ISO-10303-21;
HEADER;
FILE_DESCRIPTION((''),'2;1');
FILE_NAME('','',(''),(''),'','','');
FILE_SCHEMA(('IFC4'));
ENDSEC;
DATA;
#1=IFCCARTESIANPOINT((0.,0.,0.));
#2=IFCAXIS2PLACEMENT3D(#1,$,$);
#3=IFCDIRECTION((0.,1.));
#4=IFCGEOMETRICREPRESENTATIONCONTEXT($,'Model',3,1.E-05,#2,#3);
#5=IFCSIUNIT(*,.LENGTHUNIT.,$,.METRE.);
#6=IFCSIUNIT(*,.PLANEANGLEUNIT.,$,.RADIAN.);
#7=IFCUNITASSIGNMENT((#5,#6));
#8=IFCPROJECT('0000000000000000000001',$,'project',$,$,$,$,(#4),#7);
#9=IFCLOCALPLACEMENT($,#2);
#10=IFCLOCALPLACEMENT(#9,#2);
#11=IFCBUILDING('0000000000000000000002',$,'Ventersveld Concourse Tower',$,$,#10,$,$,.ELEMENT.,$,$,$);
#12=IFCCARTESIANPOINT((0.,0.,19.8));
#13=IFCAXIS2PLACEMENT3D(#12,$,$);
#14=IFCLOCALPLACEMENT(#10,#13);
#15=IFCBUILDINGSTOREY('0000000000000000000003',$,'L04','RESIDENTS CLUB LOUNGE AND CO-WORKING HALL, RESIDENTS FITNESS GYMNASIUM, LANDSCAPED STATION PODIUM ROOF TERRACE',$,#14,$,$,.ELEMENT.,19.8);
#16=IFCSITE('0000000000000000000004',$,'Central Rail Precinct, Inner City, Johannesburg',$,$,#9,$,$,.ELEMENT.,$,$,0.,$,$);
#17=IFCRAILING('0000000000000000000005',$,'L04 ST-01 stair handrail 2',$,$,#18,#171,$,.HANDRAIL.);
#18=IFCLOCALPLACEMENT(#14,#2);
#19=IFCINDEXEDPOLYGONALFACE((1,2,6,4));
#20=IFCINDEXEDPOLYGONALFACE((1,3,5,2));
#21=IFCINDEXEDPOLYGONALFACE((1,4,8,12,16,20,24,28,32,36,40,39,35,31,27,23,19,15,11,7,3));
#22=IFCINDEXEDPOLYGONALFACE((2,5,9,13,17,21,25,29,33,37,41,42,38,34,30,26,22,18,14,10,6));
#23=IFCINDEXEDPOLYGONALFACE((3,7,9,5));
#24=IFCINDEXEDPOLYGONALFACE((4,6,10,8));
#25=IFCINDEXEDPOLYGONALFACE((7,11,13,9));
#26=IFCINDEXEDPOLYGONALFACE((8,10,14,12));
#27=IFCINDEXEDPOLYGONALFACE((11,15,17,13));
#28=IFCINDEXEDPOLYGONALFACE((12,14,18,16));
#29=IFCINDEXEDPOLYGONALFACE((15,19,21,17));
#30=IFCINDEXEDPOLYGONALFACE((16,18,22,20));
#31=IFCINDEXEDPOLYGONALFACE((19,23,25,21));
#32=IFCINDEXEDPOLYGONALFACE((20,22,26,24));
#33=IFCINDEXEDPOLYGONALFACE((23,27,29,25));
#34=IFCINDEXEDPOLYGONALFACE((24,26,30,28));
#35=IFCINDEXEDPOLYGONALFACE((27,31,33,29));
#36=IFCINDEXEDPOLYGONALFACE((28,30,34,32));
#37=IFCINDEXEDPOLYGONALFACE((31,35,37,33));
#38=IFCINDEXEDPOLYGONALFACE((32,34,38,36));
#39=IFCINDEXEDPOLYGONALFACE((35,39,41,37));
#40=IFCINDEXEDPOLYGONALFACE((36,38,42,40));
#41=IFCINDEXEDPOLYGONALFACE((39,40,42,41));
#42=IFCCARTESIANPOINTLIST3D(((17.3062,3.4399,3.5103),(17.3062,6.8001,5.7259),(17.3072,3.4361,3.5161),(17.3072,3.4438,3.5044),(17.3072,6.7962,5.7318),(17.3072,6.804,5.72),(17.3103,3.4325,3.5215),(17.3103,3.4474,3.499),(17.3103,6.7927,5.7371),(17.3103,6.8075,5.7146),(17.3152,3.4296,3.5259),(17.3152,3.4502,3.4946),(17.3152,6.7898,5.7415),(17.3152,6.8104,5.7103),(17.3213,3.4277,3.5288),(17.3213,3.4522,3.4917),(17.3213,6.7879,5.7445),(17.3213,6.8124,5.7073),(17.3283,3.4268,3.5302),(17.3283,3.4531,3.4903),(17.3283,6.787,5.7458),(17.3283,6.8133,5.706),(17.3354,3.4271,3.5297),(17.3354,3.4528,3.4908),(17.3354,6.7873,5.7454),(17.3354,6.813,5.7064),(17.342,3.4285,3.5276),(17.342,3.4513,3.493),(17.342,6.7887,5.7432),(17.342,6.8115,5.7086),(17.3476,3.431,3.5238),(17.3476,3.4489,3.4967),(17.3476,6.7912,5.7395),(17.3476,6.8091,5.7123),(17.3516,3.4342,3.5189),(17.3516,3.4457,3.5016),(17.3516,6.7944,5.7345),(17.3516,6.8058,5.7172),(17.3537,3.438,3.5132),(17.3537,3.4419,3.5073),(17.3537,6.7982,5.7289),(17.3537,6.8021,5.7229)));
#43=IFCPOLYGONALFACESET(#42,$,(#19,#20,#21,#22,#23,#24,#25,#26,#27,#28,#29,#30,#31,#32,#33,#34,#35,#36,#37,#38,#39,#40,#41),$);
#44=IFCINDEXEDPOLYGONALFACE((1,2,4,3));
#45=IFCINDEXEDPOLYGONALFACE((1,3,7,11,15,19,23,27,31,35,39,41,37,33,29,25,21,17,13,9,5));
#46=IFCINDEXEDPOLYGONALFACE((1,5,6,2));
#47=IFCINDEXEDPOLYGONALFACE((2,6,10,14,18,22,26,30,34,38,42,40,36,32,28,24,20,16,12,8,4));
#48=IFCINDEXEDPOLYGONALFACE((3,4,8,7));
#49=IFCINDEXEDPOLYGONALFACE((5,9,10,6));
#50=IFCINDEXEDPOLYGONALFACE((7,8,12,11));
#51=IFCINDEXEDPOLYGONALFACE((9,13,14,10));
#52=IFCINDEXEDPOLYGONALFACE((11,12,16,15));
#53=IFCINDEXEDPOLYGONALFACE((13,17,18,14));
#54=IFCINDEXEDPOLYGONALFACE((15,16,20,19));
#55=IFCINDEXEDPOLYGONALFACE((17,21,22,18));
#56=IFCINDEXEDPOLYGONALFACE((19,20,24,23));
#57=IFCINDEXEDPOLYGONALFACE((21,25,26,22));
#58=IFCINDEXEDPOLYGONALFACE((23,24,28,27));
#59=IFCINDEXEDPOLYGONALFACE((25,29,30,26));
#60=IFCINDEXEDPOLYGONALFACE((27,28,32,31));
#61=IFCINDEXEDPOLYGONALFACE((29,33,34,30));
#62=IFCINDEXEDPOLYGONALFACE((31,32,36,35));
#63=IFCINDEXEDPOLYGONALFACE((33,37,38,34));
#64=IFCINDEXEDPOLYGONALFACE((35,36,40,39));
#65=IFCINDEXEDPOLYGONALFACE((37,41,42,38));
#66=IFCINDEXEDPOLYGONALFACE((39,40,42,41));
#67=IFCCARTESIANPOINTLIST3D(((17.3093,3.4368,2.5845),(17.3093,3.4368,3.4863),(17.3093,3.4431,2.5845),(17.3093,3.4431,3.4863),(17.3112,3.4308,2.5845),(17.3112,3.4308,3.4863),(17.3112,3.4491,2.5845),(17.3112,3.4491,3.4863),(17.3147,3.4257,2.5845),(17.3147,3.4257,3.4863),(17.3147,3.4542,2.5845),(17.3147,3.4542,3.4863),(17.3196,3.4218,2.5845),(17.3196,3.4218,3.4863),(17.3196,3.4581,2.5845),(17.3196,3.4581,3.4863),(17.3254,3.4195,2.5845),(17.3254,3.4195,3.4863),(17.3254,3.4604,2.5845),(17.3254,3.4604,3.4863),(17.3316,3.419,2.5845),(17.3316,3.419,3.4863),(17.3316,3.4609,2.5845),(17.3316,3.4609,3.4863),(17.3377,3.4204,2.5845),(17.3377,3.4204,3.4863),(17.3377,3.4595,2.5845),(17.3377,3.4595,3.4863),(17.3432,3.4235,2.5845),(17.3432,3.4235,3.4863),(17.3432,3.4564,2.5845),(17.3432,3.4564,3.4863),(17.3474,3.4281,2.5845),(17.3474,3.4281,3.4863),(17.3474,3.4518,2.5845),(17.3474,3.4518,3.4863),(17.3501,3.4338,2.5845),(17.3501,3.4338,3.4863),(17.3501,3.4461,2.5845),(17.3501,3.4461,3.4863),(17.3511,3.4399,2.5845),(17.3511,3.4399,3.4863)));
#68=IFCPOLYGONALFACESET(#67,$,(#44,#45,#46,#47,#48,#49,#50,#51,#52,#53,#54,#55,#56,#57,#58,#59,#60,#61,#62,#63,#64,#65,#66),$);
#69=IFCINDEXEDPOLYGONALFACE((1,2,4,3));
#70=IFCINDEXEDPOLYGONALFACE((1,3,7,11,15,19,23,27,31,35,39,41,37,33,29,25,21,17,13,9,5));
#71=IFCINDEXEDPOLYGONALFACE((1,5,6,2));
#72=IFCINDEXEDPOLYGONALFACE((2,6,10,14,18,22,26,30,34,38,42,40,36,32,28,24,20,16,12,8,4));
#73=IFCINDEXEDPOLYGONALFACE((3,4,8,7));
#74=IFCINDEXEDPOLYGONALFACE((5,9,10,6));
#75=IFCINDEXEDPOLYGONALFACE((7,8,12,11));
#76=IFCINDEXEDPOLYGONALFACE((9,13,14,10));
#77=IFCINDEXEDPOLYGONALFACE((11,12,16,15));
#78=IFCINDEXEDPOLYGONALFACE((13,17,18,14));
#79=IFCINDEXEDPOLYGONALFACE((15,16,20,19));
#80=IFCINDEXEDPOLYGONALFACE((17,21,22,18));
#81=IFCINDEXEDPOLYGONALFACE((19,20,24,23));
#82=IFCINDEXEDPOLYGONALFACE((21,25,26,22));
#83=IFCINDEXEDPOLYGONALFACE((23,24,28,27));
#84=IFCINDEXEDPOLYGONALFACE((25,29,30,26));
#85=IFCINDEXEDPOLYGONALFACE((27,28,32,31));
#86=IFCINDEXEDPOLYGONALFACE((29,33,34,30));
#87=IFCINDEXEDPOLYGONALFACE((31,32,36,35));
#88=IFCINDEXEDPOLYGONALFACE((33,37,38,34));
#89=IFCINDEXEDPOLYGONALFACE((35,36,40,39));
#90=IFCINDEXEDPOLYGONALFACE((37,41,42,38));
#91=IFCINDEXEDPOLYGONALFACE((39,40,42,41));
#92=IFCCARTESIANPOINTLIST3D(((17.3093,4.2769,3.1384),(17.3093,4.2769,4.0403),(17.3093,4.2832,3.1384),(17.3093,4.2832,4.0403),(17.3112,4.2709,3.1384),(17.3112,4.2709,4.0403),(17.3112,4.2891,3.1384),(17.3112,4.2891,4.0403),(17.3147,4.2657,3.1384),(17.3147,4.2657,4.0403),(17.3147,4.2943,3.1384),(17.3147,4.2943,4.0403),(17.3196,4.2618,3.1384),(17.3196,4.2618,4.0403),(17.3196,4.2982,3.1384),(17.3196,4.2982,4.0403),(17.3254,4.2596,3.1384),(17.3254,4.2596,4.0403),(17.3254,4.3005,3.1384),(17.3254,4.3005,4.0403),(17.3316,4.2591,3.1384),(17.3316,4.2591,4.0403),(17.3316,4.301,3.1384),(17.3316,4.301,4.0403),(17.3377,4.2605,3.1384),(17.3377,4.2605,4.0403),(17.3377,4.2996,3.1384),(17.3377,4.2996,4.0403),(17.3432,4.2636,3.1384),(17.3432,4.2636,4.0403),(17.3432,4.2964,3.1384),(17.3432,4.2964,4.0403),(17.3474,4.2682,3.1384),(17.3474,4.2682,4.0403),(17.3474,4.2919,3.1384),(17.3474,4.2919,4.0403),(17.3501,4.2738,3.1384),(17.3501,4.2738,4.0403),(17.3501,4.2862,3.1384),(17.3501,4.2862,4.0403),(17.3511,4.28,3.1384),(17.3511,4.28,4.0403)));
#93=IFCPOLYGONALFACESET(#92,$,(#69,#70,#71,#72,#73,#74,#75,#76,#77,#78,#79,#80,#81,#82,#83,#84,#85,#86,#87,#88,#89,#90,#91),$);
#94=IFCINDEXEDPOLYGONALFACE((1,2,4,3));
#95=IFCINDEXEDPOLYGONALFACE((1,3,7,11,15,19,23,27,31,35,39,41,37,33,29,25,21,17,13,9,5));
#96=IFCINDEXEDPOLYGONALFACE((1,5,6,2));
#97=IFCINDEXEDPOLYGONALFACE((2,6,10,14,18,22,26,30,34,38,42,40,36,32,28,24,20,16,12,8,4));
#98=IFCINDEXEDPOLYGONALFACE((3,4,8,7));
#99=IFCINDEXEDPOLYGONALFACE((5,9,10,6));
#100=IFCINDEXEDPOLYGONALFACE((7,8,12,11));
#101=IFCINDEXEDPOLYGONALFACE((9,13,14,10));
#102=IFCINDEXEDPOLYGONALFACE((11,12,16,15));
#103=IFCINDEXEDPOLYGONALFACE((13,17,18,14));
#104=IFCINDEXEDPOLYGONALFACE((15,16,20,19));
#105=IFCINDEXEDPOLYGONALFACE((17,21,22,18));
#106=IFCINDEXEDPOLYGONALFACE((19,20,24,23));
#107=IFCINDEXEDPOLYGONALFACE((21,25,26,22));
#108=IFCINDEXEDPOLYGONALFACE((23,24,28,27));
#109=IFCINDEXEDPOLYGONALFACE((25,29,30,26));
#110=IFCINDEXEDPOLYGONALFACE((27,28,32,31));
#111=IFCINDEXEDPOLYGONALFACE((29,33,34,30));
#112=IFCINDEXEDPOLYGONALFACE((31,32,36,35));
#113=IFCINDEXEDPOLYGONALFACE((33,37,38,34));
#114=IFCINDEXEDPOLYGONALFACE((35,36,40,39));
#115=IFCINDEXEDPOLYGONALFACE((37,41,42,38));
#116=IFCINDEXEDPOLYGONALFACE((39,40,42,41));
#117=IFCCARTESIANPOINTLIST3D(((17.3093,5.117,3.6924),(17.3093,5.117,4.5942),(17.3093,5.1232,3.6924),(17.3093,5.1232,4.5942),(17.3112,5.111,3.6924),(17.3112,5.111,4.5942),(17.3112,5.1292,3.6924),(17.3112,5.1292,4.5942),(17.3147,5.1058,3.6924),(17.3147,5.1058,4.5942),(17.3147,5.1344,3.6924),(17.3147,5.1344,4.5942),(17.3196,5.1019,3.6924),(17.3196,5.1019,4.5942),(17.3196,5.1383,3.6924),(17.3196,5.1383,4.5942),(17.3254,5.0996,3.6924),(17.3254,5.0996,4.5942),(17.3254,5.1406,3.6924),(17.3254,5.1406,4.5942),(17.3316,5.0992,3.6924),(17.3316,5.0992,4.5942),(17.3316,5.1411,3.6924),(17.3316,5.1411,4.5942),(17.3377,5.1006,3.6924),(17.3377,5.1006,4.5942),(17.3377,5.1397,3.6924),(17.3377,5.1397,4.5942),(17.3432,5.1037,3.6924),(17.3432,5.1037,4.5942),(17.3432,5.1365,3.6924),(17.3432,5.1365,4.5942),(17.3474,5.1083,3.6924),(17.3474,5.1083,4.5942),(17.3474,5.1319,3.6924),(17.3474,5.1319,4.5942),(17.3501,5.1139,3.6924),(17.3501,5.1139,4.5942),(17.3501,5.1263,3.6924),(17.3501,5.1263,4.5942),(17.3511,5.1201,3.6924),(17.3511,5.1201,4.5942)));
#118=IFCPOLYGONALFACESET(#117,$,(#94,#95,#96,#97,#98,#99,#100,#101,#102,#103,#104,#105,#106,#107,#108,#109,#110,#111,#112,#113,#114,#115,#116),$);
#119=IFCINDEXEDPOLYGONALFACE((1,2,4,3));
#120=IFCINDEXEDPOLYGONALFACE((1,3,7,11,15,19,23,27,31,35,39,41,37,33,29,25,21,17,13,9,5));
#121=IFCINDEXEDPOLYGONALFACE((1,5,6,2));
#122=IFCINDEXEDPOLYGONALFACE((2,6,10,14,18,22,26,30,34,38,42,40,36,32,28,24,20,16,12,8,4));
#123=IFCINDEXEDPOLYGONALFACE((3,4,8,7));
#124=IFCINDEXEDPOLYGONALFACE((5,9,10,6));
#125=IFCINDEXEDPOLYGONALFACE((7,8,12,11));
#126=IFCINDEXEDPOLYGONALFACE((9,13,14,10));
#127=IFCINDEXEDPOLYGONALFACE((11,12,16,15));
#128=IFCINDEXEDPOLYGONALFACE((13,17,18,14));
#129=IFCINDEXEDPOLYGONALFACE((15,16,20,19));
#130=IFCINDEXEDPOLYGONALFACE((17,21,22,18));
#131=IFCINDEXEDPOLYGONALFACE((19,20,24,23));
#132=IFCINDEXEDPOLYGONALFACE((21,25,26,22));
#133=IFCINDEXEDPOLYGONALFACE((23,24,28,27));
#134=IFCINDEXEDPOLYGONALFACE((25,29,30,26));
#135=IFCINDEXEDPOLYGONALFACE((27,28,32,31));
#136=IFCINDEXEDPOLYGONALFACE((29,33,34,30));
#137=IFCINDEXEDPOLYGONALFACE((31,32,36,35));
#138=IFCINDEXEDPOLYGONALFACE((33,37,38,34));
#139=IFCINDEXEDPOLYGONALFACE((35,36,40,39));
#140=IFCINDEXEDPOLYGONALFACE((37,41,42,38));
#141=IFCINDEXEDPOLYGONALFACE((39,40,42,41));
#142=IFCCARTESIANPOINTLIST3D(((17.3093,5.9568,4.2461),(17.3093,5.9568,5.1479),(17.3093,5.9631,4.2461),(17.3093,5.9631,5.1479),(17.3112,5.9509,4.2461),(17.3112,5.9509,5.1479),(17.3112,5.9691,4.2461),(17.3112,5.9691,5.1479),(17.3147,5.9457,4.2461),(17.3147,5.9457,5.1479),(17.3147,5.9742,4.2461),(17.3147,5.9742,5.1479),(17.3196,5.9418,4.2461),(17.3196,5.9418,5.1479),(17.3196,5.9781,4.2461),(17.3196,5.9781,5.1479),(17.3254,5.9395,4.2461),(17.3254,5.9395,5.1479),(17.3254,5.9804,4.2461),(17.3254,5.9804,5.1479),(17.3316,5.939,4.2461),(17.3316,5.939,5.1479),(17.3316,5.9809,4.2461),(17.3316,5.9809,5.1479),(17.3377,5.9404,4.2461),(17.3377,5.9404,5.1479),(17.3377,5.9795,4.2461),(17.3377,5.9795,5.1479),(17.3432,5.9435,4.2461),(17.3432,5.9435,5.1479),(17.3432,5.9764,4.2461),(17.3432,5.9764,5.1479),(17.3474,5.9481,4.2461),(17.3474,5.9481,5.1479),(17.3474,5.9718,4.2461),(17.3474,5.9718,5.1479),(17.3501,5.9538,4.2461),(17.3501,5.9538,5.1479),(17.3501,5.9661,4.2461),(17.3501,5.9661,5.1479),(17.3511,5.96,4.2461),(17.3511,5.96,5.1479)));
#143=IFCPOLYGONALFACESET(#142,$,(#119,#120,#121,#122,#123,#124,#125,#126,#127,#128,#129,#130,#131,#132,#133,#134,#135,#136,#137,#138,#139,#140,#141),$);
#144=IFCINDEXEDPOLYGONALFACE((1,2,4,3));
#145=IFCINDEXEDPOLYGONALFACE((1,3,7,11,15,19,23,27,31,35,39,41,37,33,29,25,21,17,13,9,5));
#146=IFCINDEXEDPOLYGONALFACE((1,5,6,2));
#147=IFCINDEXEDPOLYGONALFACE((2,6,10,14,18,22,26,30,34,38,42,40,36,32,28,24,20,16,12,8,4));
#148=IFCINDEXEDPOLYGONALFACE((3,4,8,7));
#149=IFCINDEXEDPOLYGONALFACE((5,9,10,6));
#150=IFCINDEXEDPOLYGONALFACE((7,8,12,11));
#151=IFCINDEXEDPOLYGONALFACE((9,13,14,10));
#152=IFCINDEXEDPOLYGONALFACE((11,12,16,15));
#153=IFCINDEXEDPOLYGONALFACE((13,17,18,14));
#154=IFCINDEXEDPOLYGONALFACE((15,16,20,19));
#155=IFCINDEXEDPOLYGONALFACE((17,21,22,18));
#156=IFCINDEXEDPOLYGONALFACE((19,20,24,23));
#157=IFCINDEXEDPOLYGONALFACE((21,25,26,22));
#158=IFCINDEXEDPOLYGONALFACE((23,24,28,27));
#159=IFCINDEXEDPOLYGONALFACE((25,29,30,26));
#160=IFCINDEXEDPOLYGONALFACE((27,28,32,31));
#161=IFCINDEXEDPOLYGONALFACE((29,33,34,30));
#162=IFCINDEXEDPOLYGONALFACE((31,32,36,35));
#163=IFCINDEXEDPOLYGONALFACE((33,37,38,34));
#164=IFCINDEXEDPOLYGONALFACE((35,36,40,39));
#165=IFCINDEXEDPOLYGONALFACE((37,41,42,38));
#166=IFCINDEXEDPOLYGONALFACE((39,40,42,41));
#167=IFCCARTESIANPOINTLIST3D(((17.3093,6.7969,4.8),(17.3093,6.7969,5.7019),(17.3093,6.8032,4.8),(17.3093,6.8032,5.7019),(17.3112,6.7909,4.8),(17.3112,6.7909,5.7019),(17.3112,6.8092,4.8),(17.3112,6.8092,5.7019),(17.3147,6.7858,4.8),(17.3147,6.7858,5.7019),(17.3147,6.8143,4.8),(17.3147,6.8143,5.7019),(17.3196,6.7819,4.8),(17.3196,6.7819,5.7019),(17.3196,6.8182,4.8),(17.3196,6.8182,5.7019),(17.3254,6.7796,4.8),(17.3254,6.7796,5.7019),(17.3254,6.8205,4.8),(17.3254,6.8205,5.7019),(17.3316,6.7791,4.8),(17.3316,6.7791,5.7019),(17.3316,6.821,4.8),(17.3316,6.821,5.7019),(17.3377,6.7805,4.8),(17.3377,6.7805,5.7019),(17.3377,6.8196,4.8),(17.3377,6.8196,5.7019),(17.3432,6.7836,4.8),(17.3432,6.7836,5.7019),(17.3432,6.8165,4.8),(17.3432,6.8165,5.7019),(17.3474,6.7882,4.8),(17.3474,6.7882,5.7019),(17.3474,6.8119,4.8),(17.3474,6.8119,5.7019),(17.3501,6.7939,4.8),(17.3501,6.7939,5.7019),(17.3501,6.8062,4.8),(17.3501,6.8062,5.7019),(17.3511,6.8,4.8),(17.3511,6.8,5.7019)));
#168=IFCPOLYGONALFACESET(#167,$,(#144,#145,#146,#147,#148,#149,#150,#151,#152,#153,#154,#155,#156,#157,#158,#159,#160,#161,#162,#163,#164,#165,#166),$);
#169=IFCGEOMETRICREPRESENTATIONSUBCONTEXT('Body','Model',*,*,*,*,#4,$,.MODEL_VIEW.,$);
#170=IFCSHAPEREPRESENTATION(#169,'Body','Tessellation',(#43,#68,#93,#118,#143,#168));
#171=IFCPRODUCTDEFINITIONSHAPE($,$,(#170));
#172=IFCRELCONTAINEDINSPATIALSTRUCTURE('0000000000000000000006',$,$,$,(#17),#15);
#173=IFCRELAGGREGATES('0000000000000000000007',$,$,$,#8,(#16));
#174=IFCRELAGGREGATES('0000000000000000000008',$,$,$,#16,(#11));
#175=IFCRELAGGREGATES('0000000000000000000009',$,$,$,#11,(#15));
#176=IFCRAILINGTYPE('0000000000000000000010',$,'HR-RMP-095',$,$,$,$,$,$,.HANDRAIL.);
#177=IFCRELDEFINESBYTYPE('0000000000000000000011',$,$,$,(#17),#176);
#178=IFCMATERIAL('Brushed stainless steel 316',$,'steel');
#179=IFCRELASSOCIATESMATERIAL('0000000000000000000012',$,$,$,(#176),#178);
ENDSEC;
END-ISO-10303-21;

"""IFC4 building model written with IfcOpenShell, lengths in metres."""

from ifc_helpers import new_model, si_unit, direction, frame, origin, origin_2d, place, context, subcontext, project, spatial, circle, extrude, material, type_object, element, save


model = new_model("IFC4")

# Units and contexts
model_context = context("Model", 3, precision=1e-05, world=origin(), true_north=direction((0.0, 1.0)))
body_context = subcontext(model_context, "Body", "Model", "MODEL_VIEW")
ifc_project = project(units=[si_unit("LENGTHUNIT", "METRE"), si_unit("PLANEANGLEUNIT", "RADIAN")], contexts=[model_context])

# Site, building, storey
site_placement = place(None, origin())
site = spatial("IfcSite", under=ifc_project, at=site_placement, Name="Central Rail Precinct, Inner City, Johannesburg", CompositionType="ELEMENT", RefElevation=0.0)
building_placement = place(site_placement, origin())
building = spatial("IfcBuilding", under=site, at=building_placement, Name="Ventersveld Concourse Tower", CompositionType="ELEMENT")
storey_placement = place(building_placement, frame((0.0, 0.0, 19.8)))
storey = spatial("IfcBuildingStorey", under=building, at=storey_placement, Name="L04", Description="RESIDENTS CLUB LOUNGE AND CO-WORKING HALL, RESIDENTS FITNESS GYMNASIUM, LANDSCAPED STATION PODIUM ROOF TERRACE", CompositionType="ELEMENT", Elevation=19.8)

# Shared definitions
ifc_material_1 = material(Name="Brushed stainless steel 316", Category="steel")

# Railing
railing_type_1 = type_object("IfcRailingType", Name="HR-RMP-095", PredefinedType="HANDRAIL", material=ifc_material_1)
railing_1_placement = place(storey_placement, frame((17.3301, 3.4399, 2.5845)))
element("IfcRailing", 1, at=railing_1_placement, inside=storey, type_object=railing_type_1, Name="L04 ST-01 stair handrail 2", PredefinedType="HANDRAIL", context=body_context, shape_type="SweptSolid", body=[
    extrude(circle(Radius=0.0239, at=origin_2d()), frame((0.0, 0.0, 0.9258), z_axis=(0.0, 0.834849, 0.55048), x_axis=(-1.0, 0.0, 0.0)), (0.0, 0.0, 1.0), 4.0249),
    extrude(circle(Radius=0.021, at=origin_2d()), origin(), (0.0, 0.0, 1.0), 0.9019),
    extrude(circle(Radius=0.021, at=origin_2d()), frame((0.0, 0.8401, 0.554)), (0.0, 0.0, 1.0), 0.9019),
    extrude(circle(Radius=0.021, at=origin_2d()), frame((0.0, 1.6802, 1.1079)), (0.0, 0.0, 1.0), 0.9019),
    extrude(circle(Radius=0.021, at=origin_2d()), frame((0.0, 2.52, 1.6616)), (0.0, 0.0, 1.0), 0.9019),
    extrude(circle(Radius=0.021, at=origin_2d()), frame((0.0, 3.3601, 2.2156)), (0.0, 0.0, 1.0), 0.9019),
])

save(model, "model.ifc")
